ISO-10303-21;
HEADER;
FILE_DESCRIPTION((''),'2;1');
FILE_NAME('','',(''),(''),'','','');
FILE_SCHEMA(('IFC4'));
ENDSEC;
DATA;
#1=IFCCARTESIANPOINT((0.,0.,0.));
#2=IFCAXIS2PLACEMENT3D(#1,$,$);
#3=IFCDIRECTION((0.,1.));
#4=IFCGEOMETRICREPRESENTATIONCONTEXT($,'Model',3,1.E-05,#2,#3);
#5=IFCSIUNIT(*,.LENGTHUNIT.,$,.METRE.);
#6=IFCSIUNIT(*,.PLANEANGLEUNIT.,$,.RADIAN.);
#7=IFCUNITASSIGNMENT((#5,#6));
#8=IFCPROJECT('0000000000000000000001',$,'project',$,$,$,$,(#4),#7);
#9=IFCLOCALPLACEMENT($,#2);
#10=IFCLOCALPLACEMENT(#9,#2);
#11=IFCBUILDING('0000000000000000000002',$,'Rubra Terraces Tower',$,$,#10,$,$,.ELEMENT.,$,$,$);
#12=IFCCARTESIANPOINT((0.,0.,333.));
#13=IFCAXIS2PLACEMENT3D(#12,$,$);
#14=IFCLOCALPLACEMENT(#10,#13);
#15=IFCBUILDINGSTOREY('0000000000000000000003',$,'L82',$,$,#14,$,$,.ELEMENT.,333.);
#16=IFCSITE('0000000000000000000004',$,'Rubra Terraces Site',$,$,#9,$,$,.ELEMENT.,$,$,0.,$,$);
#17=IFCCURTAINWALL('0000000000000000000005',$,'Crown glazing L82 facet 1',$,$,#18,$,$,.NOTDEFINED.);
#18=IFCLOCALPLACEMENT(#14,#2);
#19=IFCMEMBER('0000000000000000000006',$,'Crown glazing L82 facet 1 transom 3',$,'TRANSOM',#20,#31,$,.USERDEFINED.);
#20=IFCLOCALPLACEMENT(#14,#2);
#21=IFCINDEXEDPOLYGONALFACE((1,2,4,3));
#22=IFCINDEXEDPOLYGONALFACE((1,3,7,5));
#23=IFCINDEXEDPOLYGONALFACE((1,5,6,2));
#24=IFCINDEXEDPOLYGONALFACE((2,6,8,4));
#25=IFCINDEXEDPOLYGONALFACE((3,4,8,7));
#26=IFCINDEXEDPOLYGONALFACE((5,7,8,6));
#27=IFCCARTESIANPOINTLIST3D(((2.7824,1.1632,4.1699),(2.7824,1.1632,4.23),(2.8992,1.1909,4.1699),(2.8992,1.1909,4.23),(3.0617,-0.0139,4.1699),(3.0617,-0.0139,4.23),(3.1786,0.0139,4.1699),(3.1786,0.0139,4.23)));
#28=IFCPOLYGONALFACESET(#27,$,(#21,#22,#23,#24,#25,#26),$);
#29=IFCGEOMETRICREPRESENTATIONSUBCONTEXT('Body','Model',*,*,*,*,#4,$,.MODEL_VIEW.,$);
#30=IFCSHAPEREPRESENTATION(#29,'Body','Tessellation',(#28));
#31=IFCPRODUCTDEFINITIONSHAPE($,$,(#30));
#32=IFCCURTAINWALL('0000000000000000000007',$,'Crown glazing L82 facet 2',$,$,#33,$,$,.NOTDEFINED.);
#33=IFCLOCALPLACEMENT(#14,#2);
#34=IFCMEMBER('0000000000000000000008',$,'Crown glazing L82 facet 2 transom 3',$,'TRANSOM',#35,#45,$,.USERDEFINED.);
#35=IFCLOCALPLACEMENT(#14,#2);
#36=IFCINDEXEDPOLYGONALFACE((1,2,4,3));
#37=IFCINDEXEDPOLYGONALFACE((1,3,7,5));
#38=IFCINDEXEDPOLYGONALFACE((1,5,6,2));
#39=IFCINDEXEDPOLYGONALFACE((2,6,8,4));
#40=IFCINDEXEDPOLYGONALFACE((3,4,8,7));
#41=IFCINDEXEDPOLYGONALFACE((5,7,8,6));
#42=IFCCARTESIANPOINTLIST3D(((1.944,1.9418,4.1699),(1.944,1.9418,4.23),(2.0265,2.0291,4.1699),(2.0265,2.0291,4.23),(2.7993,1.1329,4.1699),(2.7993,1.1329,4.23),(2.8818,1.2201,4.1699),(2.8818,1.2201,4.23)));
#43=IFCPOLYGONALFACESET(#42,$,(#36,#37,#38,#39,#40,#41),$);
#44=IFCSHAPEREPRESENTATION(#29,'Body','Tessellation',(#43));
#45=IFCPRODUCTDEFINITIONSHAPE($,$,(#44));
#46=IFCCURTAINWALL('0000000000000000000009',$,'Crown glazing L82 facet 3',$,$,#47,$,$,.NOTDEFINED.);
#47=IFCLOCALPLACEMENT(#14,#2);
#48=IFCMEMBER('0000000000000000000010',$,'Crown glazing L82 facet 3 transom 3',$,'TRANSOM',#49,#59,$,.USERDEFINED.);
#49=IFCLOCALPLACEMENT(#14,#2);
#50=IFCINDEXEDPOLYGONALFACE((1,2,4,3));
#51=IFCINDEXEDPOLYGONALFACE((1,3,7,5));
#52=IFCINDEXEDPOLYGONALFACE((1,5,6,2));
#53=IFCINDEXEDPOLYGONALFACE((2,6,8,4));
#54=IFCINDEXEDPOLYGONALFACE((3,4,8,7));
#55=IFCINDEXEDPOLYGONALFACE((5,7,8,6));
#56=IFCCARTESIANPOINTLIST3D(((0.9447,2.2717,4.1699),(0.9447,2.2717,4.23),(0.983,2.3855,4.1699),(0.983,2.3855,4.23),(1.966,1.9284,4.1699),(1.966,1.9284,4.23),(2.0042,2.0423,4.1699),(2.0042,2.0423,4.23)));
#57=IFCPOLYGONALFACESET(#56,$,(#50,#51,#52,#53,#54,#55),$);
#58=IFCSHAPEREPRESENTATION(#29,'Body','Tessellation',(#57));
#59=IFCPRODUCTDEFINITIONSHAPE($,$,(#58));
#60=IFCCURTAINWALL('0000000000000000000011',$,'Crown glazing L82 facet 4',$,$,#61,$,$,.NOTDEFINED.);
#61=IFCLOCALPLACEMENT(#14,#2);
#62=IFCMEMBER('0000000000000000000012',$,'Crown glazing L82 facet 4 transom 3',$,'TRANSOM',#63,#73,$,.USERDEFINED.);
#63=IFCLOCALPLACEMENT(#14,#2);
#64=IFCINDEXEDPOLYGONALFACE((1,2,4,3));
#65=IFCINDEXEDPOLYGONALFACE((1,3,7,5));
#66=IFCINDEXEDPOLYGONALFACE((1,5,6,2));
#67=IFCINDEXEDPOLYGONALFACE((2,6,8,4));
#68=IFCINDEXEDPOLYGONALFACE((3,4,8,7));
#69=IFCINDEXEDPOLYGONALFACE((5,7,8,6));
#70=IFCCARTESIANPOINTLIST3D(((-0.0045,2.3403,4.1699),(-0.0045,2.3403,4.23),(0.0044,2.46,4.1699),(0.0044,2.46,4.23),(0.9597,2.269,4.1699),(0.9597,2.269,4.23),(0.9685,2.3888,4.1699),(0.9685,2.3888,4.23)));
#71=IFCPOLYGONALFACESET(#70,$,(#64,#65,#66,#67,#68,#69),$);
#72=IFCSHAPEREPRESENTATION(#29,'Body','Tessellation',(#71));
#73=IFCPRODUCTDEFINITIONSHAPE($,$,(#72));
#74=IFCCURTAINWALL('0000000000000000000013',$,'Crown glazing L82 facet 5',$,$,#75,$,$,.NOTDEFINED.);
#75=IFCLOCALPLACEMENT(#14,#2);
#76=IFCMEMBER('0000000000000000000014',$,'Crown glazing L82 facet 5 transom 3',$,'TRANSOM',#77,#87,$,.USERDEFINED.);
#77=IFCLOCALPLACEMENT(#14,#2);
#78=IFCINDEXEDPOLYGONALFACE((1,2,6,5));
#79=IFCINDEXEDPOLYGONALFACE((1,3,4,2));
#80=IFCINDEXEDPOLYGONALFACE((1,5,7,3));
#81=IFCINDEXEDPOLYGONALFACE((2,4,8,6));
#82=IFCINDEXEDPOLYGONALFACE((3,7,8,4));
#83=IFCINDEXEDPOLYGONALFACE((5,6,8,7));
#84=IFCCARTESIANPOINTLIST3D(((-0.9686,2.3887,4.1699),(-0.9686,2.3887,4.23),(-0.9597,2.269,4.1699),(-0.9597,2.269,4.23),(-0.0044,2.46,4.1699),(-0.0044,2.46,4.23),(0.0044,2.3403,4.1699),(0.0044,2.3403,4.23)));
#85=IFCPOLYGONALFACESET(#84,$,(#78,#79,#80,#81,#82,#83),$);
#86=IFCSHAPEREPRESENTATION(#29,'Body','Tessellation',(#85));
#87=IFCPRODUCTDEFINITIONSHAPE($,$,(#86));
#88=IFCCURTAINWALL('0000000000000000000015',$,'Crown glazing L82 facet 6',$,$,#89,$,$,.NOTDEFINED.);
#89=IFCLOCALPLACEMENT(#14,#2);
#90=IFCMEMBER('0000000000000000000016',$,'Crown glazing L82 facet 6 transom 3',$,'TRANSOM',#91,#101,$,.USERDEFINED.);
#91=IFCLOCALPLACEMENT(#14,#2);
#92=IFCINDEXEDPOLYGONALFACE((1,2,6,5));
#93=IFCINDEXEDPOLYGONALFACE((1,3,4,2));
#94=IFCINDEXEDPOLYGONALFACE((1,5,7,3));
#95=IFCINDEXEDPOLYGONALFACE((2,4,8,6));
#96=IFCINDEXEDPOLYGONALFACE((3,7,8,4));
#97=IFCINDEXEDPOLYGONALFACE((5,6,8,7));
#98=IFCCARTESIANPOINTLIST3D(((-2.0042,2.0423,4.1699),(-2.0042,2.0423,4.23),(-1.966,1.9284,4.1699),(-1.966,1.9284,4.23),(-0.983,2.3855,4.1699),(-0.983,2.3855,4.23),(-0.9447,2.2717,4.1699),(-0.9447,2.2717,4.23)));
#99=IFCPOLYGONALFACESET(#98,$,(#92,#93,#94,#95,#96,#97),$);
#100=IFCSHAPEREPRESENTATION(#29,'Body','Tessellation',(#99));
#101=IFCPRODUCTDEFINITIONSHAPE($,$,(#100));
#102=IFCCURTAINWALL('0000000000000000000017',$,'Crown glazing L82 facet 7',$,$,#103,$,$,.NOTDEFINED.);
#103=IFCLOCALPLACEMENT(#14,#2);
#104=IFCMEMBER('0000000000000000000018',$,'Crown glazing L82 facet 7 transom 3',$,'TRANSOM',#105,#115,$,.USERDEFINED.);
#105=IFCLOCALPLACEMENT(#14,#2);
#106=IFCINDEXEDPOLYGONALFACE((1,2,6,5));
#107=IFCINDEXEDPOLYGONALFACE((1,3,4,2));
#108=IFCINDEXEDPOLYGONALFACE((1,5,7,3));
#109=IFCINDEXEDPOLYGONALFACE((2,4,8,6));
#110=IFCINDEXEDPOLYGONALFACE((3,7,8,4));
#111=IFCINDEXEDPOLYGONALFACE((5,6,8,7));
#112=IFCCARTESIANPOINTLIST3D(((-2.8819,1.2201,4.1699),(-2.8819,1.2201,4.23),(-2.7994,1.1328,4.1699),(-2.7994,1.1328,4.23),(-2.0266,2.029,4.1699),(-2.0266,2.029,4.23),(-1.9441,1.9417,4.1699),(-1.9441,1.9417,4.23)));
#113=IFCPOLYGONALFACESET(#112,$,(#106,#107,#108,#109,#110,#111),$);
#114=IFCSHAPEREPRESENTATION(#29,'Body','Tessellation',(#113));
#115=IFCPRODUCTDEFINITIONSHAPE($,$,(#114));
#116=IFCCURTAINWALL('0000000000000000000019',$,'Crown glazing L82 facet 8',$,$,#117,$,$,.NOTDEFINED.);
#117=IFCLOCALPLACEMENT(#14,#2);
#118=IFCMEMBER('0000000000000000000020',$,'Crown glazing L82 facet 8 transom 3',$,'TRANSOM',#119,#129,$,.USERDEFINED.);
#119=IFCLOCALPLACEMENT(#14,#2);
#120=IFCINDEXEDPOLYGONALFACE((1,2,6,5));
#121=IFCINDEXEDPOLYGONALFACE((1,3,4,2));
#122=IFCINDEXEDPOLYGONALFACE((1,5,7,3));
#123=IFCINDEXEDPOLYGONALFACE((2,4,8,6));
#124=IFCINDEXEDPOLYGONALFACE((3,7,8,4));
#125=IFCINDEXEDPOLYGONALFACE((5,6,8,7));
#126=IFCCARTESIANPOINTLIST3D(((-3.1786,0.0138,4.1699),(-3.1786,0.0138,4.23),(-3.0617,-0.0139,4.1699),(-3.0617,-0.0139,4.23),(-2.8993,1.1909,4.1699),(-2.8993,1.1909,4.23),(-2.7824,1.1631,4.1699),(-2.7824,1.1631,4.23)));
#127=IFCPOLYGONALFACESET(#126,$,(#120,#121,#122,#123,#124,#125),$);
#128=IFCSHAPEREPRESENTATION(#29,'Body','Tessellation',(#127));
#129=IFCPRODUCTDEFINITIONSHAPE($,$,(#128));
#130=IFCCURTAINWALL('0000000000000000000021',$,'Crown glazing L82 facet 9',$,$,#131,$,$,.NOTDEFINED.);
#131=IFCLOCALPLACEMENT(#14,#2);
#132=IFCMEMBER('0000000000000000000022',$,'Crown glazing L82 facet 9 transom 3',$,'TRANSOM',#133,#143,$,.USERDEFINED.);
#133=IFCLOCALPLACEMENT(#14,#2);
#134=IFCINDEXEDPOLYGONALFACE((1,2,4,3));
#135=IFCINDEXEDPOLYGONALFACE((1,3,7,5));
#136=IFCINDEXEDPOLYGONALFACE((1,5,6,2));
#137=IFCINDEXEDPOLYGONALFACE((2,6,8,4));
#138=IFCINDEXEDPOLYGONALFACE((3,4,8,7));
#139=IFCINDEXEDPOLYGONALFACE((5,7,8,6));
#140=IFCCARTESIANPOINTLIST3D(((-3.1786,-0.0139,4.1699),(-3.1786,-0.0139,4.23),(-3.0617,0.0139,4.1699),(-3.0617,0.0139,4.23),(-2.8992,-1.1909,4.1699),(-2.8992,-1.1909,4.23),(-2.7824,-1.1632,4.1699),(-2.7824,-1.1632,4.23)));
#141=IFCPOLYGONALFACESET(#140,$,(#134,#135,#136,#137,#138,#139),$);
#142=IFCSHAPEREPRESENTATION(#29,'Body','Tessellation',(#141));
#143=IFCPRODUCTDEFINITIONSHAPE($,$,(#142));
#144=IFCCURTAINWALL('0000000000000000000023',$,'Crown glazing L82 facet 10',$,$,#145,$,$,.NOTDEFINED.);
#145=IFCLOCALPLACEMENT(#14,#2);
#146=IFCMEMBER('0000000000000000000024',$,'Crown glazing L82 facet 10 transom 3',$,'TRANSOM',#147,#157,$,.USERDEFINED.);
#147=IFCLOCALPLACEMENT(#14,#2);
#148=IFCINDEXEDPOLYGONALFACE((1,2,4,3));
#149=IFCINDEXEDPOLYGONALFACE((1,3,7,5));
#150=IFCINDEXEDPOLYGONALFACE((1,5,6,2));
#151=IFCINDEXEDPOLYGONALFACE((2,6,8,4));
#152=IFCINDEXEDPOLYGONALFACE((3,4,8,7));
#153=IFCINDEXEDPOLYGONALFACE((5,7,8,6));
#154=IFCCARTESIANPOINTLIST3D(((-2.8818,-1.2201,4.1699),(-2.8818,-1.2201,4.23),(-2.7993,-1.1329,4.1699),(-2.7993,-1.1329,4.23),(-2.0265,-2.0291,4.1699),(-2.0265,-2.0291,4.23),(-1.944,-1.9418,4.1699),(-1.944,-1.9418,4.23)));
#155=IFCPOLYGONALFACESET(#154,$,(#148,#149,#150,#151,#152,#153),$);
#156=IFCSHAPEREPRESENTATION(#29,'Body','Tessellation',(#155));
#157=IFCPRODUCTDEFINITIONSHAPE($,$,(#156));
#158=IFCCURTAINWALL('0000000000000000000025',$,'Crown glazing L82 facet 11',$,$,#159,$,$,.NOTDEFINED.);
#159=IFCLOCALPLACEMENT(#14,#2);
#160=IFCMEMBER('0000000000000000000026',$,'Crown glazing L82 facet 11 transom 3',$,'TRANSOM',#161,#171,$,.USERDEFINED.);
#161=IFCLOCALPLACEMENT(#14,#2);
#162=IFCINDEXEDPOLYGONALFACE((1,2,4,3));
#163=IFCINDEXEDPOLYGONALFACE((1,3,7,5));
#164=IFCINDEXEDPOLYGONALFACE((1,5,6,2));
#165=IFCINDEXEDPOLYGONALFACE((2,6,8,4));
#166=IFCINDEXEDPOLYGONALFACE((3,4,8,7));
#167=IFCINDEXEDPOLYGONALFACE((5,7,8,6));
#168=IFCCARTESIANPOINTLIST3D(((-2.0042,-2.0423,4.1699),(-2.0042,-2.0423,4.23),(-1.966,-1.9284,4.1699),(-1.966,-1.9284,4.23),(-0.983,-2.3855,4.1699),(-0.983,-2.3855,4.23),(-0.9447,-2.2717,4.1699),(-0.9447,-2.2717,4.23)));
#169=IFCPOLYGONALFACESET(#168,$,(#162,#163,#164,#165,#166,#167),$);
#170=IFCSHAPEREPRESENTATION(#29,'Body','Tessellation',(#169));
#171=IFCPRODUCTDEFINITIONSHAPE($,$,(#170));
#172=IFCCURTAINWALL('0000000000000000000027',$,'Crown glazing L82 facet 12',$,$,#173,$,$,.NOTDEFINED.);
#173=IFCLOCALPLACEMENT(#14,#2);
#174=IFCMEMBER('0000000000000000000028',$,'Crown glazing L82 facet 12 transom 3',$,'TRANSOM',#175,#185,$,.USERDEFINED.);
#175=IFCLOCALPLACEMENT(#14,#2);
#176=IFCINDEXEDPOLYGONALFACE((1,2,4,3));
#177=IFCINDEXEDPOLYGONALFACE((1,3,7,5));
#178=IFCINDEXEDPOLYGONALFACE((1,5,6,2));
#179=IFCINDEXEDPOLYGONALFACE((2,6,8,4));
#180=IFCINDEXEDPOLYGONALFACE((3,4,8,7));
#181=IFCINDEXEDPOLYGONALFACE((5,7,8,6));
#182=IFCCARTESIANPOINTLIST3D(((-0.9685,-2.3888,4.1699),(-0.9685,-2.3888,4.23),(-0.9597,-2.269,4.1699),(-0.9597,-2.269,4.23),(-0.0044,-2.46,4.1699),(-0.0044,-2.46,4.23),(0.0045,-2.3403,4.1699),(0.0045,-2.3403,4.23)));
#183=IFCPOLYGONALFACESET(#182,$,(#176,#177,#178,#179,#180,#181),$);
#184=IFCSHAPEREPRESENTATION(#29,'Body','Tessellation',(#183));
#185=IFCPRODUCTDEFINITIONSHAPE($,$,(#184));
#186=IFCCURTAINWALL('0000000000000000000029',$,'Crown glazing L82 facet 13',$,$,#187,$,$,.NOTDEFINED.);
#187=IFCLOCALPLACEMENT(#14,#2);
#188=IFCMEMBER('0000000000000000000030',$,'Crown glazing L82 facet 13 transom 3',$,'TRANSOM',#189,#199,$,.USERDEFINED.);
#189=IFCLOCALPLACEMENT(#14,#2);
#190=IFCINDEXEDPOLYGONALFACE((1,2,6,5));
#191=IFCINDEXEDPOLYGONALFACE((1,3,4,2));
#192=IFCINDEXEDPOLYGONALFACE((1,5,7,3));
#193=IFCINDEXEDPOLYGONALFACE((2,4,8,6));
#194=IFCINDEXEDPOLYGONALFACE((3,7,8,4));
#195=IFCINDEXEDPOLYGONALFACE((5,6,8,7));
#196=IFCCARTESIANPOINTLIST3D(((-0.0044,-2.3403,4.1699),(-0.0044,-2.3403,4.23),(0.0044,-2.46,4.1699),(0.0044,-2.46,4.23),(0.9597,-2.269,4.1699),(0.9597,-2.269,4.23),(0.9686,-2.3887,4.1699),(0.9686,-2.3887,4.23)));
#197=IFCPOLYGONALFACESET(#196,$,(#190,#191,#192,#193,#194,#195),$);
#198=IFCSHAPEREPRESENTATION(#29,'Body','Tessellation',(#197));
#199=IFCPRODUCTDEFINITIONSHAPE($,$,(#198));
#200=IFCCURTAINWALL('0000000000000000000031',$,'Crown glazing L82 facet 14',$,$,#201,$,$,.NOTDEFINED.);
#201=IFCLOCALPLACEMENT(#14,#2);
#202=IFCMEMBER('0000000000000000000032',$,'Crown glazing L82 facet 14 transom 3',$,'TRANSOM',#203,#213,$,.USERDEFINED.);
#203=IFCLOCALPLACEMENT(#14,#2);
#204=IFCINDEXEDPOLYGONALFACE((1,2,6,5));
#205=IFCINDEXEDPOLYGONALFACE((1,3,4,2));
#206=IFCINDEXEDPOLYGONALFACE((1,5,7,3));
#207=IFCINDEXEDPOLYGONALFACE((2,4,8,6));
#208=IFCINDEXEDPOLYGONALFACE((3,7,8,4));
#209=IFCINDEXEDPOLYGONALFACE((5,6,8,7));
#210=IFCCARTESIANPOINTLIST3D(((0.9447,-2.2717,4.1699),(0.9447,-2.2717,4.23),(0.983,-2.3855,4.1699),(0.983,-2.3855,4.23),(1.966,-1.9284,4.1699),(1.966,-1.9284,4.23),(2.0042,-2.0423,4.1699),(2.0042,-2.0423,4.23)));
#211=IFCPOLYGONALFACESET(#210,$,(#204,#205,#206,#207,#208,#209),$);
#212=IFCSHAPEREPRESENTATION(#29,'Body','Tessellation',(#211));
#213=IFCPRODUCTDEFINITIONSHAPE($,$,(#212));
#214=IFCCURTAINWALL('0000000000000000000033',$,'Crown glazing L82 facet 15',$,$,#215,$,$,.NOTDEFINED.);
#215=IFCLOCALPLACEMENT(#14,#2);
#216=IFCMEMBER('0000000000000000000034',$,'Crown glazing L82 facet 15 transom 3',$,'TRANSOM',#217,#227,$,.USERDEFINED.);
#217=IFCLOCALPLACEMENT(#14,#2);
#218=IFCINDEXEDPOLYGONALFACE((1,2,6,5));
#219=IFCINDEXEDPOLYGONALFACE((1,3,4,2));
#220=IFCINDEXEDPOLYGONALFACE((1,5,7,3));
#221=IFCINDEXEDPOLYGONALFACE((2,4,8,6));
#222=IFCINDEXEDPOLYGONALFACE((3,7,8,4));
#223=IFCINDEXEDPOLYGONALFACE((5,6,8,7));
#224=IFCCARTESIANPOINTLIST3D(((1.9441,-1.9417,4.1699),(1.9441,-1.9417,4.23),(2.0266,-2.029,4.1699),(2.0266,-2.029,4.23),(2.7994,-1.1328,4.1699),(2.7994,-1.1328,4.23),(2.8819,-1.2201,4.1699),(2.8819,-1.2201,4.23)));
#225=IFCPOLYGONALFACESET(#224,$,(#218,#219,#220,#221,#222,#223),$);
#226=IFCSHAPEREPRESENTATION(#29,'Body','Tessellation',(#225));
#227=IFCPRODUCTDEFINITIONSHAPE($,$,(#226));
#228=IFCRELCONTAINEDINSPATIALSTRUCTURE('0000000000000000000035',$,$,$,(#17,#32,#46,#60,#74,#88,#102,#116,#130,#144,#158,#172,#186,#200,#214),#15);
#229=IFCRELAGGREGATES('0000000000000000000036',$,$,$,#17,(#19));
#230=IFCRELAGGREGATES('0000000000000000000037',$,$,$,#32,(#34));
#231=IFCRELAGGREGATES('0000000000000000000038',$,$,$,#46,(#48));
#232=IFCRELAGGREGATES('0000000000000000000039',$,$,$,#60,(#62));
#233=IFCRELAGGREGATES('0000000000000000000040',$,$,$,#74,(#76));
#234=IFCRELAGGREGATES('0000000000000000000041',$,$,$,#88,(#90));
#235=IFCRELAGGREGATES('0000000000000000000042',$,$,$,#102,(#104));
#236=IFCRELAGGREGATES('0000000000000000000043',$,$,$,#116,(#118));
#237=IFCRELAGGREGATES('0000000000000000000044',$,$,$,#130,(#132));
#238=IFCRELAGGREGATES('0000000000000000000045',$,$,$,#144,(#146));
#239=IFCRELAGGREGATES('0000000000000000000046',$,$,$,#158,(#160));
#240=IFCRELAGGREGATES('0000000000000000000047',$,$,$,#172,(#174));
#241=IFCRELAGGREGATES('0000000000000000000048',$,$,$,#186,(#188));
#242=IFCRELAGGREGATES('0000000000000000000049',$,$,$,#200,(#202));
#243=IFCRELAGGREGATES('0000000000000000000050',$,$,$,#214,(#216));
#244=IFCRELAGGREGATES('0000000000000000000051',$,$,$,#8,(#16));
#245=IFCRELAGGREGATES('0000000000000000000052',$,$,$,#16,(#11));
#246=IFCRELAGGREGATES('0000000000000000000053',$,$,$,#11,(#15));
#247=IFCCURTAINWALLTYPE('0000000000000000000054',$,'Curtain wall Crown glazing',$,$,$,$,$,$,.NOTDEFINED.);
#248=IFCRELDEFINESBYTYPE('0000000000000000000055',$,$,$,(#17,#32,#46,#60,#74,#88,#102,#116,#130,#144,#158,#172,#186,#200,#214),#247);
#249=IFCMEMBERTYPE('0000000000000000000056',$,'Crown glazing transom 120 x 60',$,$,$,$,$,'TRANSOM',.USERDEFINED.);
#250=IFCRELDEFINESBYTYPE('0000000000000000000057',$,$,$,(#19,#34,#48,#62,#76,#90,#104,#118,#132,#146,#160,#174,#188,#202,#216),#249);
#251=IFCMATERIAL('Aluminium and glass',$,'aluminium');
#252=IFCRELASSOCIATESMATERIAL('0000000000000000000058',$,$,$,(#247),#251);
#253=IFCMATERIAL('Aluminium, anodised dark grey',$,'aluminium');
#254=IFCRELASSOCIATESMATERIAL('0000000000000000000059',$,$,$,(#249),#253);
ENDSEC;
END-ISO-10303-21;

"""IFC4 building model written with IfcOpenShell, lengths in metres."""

from ifc_helpers import new_model, si_unit, direction, frame, origin, origin_2d, place, context, subcontext, project, spatial, rectangle, extrude, material, material_profile, profile_set, type_object, element, aggregate, save


model = new_model("IFC4")

# Units and contexts
model_context = context("Model", 3, precision=1e-05, world=origin(), true_north=direction((0.0, 1.0)))
body_context = subcontext(model_context, "Body", "Model", "MODEL_VIEW")
ifc_project = project(units=[si_unit("LENGTHUNIT", "METRE"), si_unit("PLANEANGLEUNIT", "RADIAN")], contexts=[model_context])

# Site, building, storey
site_placement = place(None, origin())
site = spatial("IfcSite", under=ifc_project, at=site_placement, Name="Rubra Terraces Site", CompositionType="ELEMENT", RefElevation=0.0)
building_placement = place(site_placement, origin())
building = spatial("IfcBuilding", under=site, at=building_placement, Name="Rubra Terraces Tower", CompositionType="ELEMENT")
storey_placement = place(building_placement, frame((0.0, 0.0, 333.0)))
storey = spatial("IfcBuildingStorey", under=building, at=storey_placement, Name="L82", CompositionType="ELEMENT", Elevation=333.0)

# Curtain walls, members
ifc_material_1 = material(Name="Aluminium and glass", Category="aluminium")
curtain_wall_type = type_object("IfcCurtainWallType", Name="Curtain wall Crown glazing", PredefinedType="NOTDEFINED", material=ifc_material_1)
curtain_wall_1_placement = place(storey_placement, origin())
curtain_wall_1 = element("IfcCurtainWall", 1, at=curtain_wall_1_placement, inside=storey, type_object=curtain_wall_type, Name="Crown glazing L82 facet 1", PredefinedType="NOTDEFINED")
ifc_material_2 = material(Name="Aluminium, anodised dark grey", Category="aluminium")
ifc_material_profile_1 = material_profile(ifc_material_2, rectangle(XDim=0.1201, YDim=0.0601, at=origin_2d()), Name="AL 120x60")
ifc_profile_set_1 = profile_set([ifc_material_profile_1], Name="Aluminium, anodised dark grey")
member_type_1 = type_object("IfcMemberType", Name="Crown glazing transom 120 x 60", ElementType="TRANSOM", PredefinedType="USERDEFINED", material=ifc_profile_set_1)
member_1_placement = place(storey_placement, frame((3.1201, 0.0, 4.2), z_axis=(-0.230884, 0.972981, 0.0), x_axis=(-0.972981, -0.230884, 0.0)))
member_1 = element("IfcMember", 2, at=member_1_placement, type_object=member_type_1, Name="Crown glazing L82 facet 1 transom 3", ObjectType="TRANSOM", PredefinedType="USERDEFINED", context=body_context, shape_type="SweptSolid", body=[
    extrude(rectangle(XDim=0.1201, YDim=0.0601, at=origin_2d()), origin(), (0.0, 0.0, 1.0), 1.2097),
])
aggregate(curtain_wall_1, [member_1])
curtain_wall_2_placement = place(storey_placement, origin())
curtain_wall_2 = element("IfcCurtainWall", 3, at=curtain_wall_2_placement, inside=storey, type_object=curtain_wall_type, Name="Crown glazing L82 facet 2", PredefinedType="NOTDEFINED")
member_2_placement = place(storey_placement, frame((2.8406, 1.1765, 4.2), z_axis=(-0.726536, 0.687129, 0.0), x_axis=(-0.687129, -0.726536, 0.0)))
member_2 = element("IfcMember", 4, at=member_2_placement, type_object=member_type_1, Name="Crown glazing L82 facet 2 transom 3", ObjectType="TRANSOM", PredefinedType="USERDEFINED", context=body_context, shape_type="SweptSolid", body=[
    extrude(rectangle(XDim=0.1201, YDim=0.0601, at=origin_2d()), origin(), (0.0, 0.0, 1.0), 1.1772),
])
aggregate(curtain_wall_2, [member_2])
curtain_wall_3_placement = place(storey_placement, origin())
curtain_wall_3 = element("IfcCurtainWall", 5, at=curtain_wall_3_placement, inside=storey, type_object=curtain_wall_type, Name="Crown glazing L82 facet 3", PredefinedType="NOTDEFINED")
member_3_placement = place(storey_placement, frame((1.9851, 1.9854, 4.2), z_axis=(-0.947887, 0.318606, 0.0), x_axis=(-0.318606, -0.947887, 0.0)))
member_3 = element("IfcMember", 6, at=member_3_placement, type_object=member_type_1, Name="Crown glazing L82 facet 3 transom 3", ObjectType="TRANSOM", PredefinedType="USERDEFINED", context=body_context, shape_type="SweptSolid", body=[
    extrude(rectangle(XDim=0.1201, YDim=0.0601, at=origin_2d()), origin(), (0.0, 0.0, 1.0), 1.0774),
])
aggregate(curtain_wall_3, [member_3])
curtain_wall_4_placement = place(storey_placement, origin())
curtain_wall_4 = element("IfcCurtainWall", 7, at=curtain_wall_4_placement, inside=storey, type_object=curtain_wall_type, Name="Crown glazing L82 facet 4", PredefinedType="NOTDEFINED")
member_4_placement = place(storey_placement, frame((0.9641, 2.3289, 4.2), z_axis=(-0.997277, 0.073741, 0.0), x_axis=(-0.073741, -0.997277, 0.0)))
member_4 = element("IfcMember", 8, at=member_4_placement, type_object=member_type_1, Name="Crown glazing L82 facet 4 transom 3", ObjectType="TRANSOM", PredefinedType="USERDEFINED", context=body_context, shape_type="SweptSolid", body=[
    extrude(rectangle(XDim=0.1201, YDim=0.0601, at=origin_2d()), origin(), (0.0, 0.0, 1.0), 0.9668),
])
aggregate(curtain_wall_4, [member_4])
curtain_wall_5_placement = place(storey_placement, origin())
curtain_wall_5 = element("IfcCurtainWall", 9, at=curtain_wall_5_placement, inside=storey, type_object=curtain_wall_type, Name="Crown glazing L82 facet 5", PredefinedType="NOTDEFINED")
member_5_placement = place(storey_placement, frame((0.0, 2.4001, 4.2), z_axis=(-0.997277, -0.073741, 0.0), x_axis=(0.073741, -0.997277, 0.0)))
member_5 = element("IfcMember", 10, at=member_5_placement, type_object=member_type_1, Name="Crown glazing L82 facet 5 transom 3", ObjectType="TRANSOM", PredefinedType="USERDEFINED", context=body_context, shape_type="SweptSolid", body=[
    extrude(rectangle(XDim=0.1201, YDim=0.0601, at=origin_2d()), origin(), (0.0, 0.0, 1.0), 0.9668),
])
aggregate(curtain_wall_5, [member_5])
curtain_wall_6_placement = place(storey_placement, origin())
curtain_wall_6 = element("IfcCurtainWall", 11, at=curtain_wall_6_placement, inside=storey, type_object=curtain_wall_type, Name="Crown glazing L82 facet 6", PredefinedType="NOTDEFINED")
member_6_placement = place(storey_placement, frame((-0.9639, 2.3286, 4.2), z_axis=(-0.947887, -0.318606, 0.0), x_axis=(0.318606, -0.947887, 0.0)))
member_6 = element("IfcMember", 12, at=member_6_placement, type_object=member_type_1, Name="Crown glazing L82 facet 6 transom 3", ObjectType="TRANSOM", PredefinedType="USERDEFINED", context=body_context, shape_type="SweptSolid", body=[
    extrude(rectangle(XDim=0.1201, YDim=0.0601, at=origin_2d()), origin(), (0.0, 0.0, 1.0), 1.0774),
])
aggregate(curtain_wall_6, [member_6])
curtain_wall_7_placement = place(storey_placement, origin())
curtain_wall_7 = element("IfcCurtainWall", 13, at=curtain_wall_7_placement, inside=storey, type_object=curtain_wall_type, Name="Crown glazing L82 facet 7", PredefinedType="NOTDEFINED")
member_7_placement = place(storey_placement, frame((-1.9854, 1.9854, 4.2), z_axis=(-0.726536, -0.687129, 0.0), x_axis=(0.687129, -0.726536, 0.0)))
member_7 = element("IfcMember", 14, at=member_7_placement, type_object=member_type_1, Name="Crown glazing L82 facet 7 transom 3", ObjectType="TRANSOM", PredefinedType="USERDEFINED", context=body_context, shape_type="SweptSolid", body=[
    extrude(rectangle(XDim=0.1201, YDim=0.0601, at=origin_2d()), origin(), (0.0, 0.0, 1.0), 1.1772),
])
aggregate(curtain_wall_7, [member_7])
curtain_wall_8_placement = place(storey_placement, origin())
curtain_wall_8 = element("IfcCurtainWall", 15, at=curtain_wall_8_placement, inside=storey, type_object=curtain_wall_type, Name="Crown glazing L82 facet 8", PredefinedType="NOTDEFINED")
member_8_placement = place(storey_placement, frame((-2.8408, 1.177, 4.2), z_axis=(-0.230884, -0.972981, 0.0), x_axis=(0.972981, -0.230884, 0.0)))
member_8 = element("IfcMember", 16, at=member_8_placement, type_object=member_type_1, Name="Crown glazing L82 facet 8 transom 3", ObjectType="TRANSOM", PredefinedType="USERDEFINED", context=body_context, shape_type="SweptSolid", body=[
    extrude(rectangle(XDim=0.1201, YDim=0.0601, at=origin_2d()), origin(), (0.0, 0.0, 1.0), 1.2097),
])
aggregate(curtain_wall_8, [member_8])
curtain_wall_9_placement = place(storey_placement, origin())
curtain_wall_9 = element("IfcCurtainWall", 17, at=curtain_wall_9_placement, inside=storey, type_object=curtain_wall_type, Name="Crown glazing L82 facet 9", PredefinedType="NOTDEFINED")
member_9_placement = place(storey_placement, frame((-3.1201, 0.0, 4.2), z_axis=(0.230884, -0.972981, 0.0), x_axis=(0.972981, 0.230884, 0.0)))
member_9 = element("IfcMember", 18, at=member_9_placement, type_object=member_type_1, Name="Crown glazing L82 facet 9 transom 3", ObjectType="TRANSOM", PredefinedType="USERDEFINED", context=body_context, shape_type="SweptSolid", body=[
    extrude(rectangle(XDim=0.1201, YDim=0.0601, at=origin_2d()), origin(), (0.0, 0.0, 1.0), 1.2097),
])
aggregate(curtain_wall_9, [member_9])
curtain_wall_10_placement = place(storey_placement, origin())
curtain_wall_10 = element("IfcCurtainWall", 19, at=curtain_wall_10_placement, inside=storey, type_object=curtain_wall_type, Name="Crown glazing L82 facet 10", PredefinedType="NOTDEFINED")
member_10_placement = place(storey_placement, frame((-2.8406, -1.1765, 4.2), z_axis=(0.726536, -0.687129, 0.0), x_axis=(0.687129, 0.726536, 0.0)))
member_10 = element("IfcMember", 20, at=member_10_placement, type_object=member_type_1, Name="Crown glazing L82 facet 10 transom 3", ObjectType="TRANSOM", PredefinedType="USERDEFINED", context=body_context, shape_type="SweptSolid", body=[
    extrude(rectangle(XDim=0.1201, YDim=0.0601, at=origin_2d()), origin(), (0.0, 0.0, 1.0), 1.1772),
])
aggregate(curtain_wall_10, [member_10])
curtain_wall_11_placement = place(storey_placement, origin())
curtain_wall_11 = element("IfcCurtainWall", 21, at=curtain_wall_11_placement, inside=storey, type_object=curtain_wall_type, Name="Crown glazing L82 facet 11", PredefinedType="NOTDEFINED")
member_11_placement = place(storey_placement, frame((-1.9851, -1.9854, 4.2), z_axis=(0.947887, -0.318606, 0.0), x_axis=(0.318606, 0.947887, 0.0)))
member_11 = element("IfcMember", 22, at=member_11_placement, type_object=member_type_1, Name="Crown glazing L82 facet 11 transom 3", ObjectType="TRANSOM", PredefinedType="USERDEFINED", context=body_context, shape_type="SweptSolid", body=[
    extrude(rectangle(XDim=0.1201, YDim=0.0601, at=origin_2d()), origin(), (0.0, 0.0, 1.0), 1.0774),
])
aggregate(curtain_wall_11, [member_11])
curtain_wall_12_placement = place(storey_placement, origin())
curtain_wall_12 = element("IfcCurtainWall", 23, at=curtain_wall_12_placement, inside=storey, type_object=curtain_wall_type, Name="Crown glazing L82 facet 12", PredefinedType="NOTDEFINED")
member_12_placement = place(storey_placement, frame((-0.9641, -2.3289, 4.2), z_axis=(0.997277, -0.073741, 0.0), x_axis=(0.073741, 0.997277, 0.0)))
member_12 = element("IfcMember", 24, at=member_12_placement, type_object=member_type_1, Name="Crown glazing L82 facet 12 transom 3", ObjectType="TRANSOM", PredefinedType="USERDEFINED", context=body_context, shape_type="SweptSolid", body=[
    extrude(rectangle(XDim=0.1201, YDim=0.0601, at=origin_2d()), origin(), (0.0, 0.0, 1.0), 0.9668),
])
aggregate(curtain_wall_12, [member_12])
curtain_wall_13_placement = place(storey_placement, origin())
curtain_wall_13 = element("IfcCurtainWall", 25, at=curtain_wall_13_placement, inside=storey, type_object=curtain_wall_type, Name="Crown glazing L82 facet 13", PredefinedType="NOTDEFINED")
member_13_placement = place(storey_placement, frame((0.0, -2.4001, 4.2), z_axis=(0.997277, 0.073741, 0.0), x_axis=(-0.073741, 0.997277, 0.0)))
member_13 = element("IfcMember", 26, at=member_13_placement, type_object=member_type_1, Name="Crown glazing L82 facet 13 transom 3", ObjectType="TRANSOM", PredefinedType="USERDEFINED", context=body_context, shape_type="SweptSolid", body=[
    extrude(rectangle(XDim=0.1201, YDim=0.0601, at=origin_2d()), origin(), (0.0, 0.0, 1.0), 0.9668),
])
aggregate(curtain_wall_13, [member_13])
curtain_wall_14_placement = place(storey_placement, origin())
curtain_wall_14 = element("IfcCurtainWall", 27, at=curtain_wall_14_placement, inside=storey, type_object=curtain_wall_type, Name="Crown glazing L82 facet 14", PredefinedType="NOTDEFINED")
member_14_placement = place(storey_placement, frame((0.9639, -2.3286, 4.2), z_axis=(0.947887, 0.318606, 0.0), x_axis=(-0.318606, 0.947887, 0.0)))
member_14 = element("IfcMember", 28, at=member_14_placement, type_object=member_type_1, Name="Crown glazing L82 facet 14 transom 3", ObjectType="TRANSOM", PredefinedType="USERDEFINED", context=body_context, shape_type="SweptSolid", body=[
    extrude(rectangle(XDim=0.1201, YDim=0.0601, at=origin_2d()), origin(), (0.0, 0.0, 1.0), 1.0774),
])
aggregate(curtain_wall_14, [member_14])
curtain_wall_15_placement = place(storey_placement, origin())
curtain_wall_15 = element("IfcCurtainWall", 29, at=curtain_wall_15_placement, inside=storey, type_object=curtain_wall_type, Name="Crown glazing L82 facet 15", PredefinedType="NOTDEFINED")
member_15_placement = place(storey_placement, frame((1.9854, -1.9854, 4.2), z_axis=(0.726536, 0.687129, 0.0), x_axis=(-0.687129, 0.726536, 0.0)))
member_15 = element("IfcMember", 30, at=member_15_placement, type_object=member_type_1, Name="Crown glazing L82 facet 15 transom 3", ObjectType="TRANSOM", PredefinedType="USERDEFINED", context=body_context, shape_type="SweptSolid", body=[
    extrude(rectangle(XDim=0.1201, YDim=0.0601, at=origin_2d()), origin(), (0.0, 0.0, 1.0), 1.1772),
])
aggregate(curtain_wall_15, [member_15])

save(model, "model.ifc")
